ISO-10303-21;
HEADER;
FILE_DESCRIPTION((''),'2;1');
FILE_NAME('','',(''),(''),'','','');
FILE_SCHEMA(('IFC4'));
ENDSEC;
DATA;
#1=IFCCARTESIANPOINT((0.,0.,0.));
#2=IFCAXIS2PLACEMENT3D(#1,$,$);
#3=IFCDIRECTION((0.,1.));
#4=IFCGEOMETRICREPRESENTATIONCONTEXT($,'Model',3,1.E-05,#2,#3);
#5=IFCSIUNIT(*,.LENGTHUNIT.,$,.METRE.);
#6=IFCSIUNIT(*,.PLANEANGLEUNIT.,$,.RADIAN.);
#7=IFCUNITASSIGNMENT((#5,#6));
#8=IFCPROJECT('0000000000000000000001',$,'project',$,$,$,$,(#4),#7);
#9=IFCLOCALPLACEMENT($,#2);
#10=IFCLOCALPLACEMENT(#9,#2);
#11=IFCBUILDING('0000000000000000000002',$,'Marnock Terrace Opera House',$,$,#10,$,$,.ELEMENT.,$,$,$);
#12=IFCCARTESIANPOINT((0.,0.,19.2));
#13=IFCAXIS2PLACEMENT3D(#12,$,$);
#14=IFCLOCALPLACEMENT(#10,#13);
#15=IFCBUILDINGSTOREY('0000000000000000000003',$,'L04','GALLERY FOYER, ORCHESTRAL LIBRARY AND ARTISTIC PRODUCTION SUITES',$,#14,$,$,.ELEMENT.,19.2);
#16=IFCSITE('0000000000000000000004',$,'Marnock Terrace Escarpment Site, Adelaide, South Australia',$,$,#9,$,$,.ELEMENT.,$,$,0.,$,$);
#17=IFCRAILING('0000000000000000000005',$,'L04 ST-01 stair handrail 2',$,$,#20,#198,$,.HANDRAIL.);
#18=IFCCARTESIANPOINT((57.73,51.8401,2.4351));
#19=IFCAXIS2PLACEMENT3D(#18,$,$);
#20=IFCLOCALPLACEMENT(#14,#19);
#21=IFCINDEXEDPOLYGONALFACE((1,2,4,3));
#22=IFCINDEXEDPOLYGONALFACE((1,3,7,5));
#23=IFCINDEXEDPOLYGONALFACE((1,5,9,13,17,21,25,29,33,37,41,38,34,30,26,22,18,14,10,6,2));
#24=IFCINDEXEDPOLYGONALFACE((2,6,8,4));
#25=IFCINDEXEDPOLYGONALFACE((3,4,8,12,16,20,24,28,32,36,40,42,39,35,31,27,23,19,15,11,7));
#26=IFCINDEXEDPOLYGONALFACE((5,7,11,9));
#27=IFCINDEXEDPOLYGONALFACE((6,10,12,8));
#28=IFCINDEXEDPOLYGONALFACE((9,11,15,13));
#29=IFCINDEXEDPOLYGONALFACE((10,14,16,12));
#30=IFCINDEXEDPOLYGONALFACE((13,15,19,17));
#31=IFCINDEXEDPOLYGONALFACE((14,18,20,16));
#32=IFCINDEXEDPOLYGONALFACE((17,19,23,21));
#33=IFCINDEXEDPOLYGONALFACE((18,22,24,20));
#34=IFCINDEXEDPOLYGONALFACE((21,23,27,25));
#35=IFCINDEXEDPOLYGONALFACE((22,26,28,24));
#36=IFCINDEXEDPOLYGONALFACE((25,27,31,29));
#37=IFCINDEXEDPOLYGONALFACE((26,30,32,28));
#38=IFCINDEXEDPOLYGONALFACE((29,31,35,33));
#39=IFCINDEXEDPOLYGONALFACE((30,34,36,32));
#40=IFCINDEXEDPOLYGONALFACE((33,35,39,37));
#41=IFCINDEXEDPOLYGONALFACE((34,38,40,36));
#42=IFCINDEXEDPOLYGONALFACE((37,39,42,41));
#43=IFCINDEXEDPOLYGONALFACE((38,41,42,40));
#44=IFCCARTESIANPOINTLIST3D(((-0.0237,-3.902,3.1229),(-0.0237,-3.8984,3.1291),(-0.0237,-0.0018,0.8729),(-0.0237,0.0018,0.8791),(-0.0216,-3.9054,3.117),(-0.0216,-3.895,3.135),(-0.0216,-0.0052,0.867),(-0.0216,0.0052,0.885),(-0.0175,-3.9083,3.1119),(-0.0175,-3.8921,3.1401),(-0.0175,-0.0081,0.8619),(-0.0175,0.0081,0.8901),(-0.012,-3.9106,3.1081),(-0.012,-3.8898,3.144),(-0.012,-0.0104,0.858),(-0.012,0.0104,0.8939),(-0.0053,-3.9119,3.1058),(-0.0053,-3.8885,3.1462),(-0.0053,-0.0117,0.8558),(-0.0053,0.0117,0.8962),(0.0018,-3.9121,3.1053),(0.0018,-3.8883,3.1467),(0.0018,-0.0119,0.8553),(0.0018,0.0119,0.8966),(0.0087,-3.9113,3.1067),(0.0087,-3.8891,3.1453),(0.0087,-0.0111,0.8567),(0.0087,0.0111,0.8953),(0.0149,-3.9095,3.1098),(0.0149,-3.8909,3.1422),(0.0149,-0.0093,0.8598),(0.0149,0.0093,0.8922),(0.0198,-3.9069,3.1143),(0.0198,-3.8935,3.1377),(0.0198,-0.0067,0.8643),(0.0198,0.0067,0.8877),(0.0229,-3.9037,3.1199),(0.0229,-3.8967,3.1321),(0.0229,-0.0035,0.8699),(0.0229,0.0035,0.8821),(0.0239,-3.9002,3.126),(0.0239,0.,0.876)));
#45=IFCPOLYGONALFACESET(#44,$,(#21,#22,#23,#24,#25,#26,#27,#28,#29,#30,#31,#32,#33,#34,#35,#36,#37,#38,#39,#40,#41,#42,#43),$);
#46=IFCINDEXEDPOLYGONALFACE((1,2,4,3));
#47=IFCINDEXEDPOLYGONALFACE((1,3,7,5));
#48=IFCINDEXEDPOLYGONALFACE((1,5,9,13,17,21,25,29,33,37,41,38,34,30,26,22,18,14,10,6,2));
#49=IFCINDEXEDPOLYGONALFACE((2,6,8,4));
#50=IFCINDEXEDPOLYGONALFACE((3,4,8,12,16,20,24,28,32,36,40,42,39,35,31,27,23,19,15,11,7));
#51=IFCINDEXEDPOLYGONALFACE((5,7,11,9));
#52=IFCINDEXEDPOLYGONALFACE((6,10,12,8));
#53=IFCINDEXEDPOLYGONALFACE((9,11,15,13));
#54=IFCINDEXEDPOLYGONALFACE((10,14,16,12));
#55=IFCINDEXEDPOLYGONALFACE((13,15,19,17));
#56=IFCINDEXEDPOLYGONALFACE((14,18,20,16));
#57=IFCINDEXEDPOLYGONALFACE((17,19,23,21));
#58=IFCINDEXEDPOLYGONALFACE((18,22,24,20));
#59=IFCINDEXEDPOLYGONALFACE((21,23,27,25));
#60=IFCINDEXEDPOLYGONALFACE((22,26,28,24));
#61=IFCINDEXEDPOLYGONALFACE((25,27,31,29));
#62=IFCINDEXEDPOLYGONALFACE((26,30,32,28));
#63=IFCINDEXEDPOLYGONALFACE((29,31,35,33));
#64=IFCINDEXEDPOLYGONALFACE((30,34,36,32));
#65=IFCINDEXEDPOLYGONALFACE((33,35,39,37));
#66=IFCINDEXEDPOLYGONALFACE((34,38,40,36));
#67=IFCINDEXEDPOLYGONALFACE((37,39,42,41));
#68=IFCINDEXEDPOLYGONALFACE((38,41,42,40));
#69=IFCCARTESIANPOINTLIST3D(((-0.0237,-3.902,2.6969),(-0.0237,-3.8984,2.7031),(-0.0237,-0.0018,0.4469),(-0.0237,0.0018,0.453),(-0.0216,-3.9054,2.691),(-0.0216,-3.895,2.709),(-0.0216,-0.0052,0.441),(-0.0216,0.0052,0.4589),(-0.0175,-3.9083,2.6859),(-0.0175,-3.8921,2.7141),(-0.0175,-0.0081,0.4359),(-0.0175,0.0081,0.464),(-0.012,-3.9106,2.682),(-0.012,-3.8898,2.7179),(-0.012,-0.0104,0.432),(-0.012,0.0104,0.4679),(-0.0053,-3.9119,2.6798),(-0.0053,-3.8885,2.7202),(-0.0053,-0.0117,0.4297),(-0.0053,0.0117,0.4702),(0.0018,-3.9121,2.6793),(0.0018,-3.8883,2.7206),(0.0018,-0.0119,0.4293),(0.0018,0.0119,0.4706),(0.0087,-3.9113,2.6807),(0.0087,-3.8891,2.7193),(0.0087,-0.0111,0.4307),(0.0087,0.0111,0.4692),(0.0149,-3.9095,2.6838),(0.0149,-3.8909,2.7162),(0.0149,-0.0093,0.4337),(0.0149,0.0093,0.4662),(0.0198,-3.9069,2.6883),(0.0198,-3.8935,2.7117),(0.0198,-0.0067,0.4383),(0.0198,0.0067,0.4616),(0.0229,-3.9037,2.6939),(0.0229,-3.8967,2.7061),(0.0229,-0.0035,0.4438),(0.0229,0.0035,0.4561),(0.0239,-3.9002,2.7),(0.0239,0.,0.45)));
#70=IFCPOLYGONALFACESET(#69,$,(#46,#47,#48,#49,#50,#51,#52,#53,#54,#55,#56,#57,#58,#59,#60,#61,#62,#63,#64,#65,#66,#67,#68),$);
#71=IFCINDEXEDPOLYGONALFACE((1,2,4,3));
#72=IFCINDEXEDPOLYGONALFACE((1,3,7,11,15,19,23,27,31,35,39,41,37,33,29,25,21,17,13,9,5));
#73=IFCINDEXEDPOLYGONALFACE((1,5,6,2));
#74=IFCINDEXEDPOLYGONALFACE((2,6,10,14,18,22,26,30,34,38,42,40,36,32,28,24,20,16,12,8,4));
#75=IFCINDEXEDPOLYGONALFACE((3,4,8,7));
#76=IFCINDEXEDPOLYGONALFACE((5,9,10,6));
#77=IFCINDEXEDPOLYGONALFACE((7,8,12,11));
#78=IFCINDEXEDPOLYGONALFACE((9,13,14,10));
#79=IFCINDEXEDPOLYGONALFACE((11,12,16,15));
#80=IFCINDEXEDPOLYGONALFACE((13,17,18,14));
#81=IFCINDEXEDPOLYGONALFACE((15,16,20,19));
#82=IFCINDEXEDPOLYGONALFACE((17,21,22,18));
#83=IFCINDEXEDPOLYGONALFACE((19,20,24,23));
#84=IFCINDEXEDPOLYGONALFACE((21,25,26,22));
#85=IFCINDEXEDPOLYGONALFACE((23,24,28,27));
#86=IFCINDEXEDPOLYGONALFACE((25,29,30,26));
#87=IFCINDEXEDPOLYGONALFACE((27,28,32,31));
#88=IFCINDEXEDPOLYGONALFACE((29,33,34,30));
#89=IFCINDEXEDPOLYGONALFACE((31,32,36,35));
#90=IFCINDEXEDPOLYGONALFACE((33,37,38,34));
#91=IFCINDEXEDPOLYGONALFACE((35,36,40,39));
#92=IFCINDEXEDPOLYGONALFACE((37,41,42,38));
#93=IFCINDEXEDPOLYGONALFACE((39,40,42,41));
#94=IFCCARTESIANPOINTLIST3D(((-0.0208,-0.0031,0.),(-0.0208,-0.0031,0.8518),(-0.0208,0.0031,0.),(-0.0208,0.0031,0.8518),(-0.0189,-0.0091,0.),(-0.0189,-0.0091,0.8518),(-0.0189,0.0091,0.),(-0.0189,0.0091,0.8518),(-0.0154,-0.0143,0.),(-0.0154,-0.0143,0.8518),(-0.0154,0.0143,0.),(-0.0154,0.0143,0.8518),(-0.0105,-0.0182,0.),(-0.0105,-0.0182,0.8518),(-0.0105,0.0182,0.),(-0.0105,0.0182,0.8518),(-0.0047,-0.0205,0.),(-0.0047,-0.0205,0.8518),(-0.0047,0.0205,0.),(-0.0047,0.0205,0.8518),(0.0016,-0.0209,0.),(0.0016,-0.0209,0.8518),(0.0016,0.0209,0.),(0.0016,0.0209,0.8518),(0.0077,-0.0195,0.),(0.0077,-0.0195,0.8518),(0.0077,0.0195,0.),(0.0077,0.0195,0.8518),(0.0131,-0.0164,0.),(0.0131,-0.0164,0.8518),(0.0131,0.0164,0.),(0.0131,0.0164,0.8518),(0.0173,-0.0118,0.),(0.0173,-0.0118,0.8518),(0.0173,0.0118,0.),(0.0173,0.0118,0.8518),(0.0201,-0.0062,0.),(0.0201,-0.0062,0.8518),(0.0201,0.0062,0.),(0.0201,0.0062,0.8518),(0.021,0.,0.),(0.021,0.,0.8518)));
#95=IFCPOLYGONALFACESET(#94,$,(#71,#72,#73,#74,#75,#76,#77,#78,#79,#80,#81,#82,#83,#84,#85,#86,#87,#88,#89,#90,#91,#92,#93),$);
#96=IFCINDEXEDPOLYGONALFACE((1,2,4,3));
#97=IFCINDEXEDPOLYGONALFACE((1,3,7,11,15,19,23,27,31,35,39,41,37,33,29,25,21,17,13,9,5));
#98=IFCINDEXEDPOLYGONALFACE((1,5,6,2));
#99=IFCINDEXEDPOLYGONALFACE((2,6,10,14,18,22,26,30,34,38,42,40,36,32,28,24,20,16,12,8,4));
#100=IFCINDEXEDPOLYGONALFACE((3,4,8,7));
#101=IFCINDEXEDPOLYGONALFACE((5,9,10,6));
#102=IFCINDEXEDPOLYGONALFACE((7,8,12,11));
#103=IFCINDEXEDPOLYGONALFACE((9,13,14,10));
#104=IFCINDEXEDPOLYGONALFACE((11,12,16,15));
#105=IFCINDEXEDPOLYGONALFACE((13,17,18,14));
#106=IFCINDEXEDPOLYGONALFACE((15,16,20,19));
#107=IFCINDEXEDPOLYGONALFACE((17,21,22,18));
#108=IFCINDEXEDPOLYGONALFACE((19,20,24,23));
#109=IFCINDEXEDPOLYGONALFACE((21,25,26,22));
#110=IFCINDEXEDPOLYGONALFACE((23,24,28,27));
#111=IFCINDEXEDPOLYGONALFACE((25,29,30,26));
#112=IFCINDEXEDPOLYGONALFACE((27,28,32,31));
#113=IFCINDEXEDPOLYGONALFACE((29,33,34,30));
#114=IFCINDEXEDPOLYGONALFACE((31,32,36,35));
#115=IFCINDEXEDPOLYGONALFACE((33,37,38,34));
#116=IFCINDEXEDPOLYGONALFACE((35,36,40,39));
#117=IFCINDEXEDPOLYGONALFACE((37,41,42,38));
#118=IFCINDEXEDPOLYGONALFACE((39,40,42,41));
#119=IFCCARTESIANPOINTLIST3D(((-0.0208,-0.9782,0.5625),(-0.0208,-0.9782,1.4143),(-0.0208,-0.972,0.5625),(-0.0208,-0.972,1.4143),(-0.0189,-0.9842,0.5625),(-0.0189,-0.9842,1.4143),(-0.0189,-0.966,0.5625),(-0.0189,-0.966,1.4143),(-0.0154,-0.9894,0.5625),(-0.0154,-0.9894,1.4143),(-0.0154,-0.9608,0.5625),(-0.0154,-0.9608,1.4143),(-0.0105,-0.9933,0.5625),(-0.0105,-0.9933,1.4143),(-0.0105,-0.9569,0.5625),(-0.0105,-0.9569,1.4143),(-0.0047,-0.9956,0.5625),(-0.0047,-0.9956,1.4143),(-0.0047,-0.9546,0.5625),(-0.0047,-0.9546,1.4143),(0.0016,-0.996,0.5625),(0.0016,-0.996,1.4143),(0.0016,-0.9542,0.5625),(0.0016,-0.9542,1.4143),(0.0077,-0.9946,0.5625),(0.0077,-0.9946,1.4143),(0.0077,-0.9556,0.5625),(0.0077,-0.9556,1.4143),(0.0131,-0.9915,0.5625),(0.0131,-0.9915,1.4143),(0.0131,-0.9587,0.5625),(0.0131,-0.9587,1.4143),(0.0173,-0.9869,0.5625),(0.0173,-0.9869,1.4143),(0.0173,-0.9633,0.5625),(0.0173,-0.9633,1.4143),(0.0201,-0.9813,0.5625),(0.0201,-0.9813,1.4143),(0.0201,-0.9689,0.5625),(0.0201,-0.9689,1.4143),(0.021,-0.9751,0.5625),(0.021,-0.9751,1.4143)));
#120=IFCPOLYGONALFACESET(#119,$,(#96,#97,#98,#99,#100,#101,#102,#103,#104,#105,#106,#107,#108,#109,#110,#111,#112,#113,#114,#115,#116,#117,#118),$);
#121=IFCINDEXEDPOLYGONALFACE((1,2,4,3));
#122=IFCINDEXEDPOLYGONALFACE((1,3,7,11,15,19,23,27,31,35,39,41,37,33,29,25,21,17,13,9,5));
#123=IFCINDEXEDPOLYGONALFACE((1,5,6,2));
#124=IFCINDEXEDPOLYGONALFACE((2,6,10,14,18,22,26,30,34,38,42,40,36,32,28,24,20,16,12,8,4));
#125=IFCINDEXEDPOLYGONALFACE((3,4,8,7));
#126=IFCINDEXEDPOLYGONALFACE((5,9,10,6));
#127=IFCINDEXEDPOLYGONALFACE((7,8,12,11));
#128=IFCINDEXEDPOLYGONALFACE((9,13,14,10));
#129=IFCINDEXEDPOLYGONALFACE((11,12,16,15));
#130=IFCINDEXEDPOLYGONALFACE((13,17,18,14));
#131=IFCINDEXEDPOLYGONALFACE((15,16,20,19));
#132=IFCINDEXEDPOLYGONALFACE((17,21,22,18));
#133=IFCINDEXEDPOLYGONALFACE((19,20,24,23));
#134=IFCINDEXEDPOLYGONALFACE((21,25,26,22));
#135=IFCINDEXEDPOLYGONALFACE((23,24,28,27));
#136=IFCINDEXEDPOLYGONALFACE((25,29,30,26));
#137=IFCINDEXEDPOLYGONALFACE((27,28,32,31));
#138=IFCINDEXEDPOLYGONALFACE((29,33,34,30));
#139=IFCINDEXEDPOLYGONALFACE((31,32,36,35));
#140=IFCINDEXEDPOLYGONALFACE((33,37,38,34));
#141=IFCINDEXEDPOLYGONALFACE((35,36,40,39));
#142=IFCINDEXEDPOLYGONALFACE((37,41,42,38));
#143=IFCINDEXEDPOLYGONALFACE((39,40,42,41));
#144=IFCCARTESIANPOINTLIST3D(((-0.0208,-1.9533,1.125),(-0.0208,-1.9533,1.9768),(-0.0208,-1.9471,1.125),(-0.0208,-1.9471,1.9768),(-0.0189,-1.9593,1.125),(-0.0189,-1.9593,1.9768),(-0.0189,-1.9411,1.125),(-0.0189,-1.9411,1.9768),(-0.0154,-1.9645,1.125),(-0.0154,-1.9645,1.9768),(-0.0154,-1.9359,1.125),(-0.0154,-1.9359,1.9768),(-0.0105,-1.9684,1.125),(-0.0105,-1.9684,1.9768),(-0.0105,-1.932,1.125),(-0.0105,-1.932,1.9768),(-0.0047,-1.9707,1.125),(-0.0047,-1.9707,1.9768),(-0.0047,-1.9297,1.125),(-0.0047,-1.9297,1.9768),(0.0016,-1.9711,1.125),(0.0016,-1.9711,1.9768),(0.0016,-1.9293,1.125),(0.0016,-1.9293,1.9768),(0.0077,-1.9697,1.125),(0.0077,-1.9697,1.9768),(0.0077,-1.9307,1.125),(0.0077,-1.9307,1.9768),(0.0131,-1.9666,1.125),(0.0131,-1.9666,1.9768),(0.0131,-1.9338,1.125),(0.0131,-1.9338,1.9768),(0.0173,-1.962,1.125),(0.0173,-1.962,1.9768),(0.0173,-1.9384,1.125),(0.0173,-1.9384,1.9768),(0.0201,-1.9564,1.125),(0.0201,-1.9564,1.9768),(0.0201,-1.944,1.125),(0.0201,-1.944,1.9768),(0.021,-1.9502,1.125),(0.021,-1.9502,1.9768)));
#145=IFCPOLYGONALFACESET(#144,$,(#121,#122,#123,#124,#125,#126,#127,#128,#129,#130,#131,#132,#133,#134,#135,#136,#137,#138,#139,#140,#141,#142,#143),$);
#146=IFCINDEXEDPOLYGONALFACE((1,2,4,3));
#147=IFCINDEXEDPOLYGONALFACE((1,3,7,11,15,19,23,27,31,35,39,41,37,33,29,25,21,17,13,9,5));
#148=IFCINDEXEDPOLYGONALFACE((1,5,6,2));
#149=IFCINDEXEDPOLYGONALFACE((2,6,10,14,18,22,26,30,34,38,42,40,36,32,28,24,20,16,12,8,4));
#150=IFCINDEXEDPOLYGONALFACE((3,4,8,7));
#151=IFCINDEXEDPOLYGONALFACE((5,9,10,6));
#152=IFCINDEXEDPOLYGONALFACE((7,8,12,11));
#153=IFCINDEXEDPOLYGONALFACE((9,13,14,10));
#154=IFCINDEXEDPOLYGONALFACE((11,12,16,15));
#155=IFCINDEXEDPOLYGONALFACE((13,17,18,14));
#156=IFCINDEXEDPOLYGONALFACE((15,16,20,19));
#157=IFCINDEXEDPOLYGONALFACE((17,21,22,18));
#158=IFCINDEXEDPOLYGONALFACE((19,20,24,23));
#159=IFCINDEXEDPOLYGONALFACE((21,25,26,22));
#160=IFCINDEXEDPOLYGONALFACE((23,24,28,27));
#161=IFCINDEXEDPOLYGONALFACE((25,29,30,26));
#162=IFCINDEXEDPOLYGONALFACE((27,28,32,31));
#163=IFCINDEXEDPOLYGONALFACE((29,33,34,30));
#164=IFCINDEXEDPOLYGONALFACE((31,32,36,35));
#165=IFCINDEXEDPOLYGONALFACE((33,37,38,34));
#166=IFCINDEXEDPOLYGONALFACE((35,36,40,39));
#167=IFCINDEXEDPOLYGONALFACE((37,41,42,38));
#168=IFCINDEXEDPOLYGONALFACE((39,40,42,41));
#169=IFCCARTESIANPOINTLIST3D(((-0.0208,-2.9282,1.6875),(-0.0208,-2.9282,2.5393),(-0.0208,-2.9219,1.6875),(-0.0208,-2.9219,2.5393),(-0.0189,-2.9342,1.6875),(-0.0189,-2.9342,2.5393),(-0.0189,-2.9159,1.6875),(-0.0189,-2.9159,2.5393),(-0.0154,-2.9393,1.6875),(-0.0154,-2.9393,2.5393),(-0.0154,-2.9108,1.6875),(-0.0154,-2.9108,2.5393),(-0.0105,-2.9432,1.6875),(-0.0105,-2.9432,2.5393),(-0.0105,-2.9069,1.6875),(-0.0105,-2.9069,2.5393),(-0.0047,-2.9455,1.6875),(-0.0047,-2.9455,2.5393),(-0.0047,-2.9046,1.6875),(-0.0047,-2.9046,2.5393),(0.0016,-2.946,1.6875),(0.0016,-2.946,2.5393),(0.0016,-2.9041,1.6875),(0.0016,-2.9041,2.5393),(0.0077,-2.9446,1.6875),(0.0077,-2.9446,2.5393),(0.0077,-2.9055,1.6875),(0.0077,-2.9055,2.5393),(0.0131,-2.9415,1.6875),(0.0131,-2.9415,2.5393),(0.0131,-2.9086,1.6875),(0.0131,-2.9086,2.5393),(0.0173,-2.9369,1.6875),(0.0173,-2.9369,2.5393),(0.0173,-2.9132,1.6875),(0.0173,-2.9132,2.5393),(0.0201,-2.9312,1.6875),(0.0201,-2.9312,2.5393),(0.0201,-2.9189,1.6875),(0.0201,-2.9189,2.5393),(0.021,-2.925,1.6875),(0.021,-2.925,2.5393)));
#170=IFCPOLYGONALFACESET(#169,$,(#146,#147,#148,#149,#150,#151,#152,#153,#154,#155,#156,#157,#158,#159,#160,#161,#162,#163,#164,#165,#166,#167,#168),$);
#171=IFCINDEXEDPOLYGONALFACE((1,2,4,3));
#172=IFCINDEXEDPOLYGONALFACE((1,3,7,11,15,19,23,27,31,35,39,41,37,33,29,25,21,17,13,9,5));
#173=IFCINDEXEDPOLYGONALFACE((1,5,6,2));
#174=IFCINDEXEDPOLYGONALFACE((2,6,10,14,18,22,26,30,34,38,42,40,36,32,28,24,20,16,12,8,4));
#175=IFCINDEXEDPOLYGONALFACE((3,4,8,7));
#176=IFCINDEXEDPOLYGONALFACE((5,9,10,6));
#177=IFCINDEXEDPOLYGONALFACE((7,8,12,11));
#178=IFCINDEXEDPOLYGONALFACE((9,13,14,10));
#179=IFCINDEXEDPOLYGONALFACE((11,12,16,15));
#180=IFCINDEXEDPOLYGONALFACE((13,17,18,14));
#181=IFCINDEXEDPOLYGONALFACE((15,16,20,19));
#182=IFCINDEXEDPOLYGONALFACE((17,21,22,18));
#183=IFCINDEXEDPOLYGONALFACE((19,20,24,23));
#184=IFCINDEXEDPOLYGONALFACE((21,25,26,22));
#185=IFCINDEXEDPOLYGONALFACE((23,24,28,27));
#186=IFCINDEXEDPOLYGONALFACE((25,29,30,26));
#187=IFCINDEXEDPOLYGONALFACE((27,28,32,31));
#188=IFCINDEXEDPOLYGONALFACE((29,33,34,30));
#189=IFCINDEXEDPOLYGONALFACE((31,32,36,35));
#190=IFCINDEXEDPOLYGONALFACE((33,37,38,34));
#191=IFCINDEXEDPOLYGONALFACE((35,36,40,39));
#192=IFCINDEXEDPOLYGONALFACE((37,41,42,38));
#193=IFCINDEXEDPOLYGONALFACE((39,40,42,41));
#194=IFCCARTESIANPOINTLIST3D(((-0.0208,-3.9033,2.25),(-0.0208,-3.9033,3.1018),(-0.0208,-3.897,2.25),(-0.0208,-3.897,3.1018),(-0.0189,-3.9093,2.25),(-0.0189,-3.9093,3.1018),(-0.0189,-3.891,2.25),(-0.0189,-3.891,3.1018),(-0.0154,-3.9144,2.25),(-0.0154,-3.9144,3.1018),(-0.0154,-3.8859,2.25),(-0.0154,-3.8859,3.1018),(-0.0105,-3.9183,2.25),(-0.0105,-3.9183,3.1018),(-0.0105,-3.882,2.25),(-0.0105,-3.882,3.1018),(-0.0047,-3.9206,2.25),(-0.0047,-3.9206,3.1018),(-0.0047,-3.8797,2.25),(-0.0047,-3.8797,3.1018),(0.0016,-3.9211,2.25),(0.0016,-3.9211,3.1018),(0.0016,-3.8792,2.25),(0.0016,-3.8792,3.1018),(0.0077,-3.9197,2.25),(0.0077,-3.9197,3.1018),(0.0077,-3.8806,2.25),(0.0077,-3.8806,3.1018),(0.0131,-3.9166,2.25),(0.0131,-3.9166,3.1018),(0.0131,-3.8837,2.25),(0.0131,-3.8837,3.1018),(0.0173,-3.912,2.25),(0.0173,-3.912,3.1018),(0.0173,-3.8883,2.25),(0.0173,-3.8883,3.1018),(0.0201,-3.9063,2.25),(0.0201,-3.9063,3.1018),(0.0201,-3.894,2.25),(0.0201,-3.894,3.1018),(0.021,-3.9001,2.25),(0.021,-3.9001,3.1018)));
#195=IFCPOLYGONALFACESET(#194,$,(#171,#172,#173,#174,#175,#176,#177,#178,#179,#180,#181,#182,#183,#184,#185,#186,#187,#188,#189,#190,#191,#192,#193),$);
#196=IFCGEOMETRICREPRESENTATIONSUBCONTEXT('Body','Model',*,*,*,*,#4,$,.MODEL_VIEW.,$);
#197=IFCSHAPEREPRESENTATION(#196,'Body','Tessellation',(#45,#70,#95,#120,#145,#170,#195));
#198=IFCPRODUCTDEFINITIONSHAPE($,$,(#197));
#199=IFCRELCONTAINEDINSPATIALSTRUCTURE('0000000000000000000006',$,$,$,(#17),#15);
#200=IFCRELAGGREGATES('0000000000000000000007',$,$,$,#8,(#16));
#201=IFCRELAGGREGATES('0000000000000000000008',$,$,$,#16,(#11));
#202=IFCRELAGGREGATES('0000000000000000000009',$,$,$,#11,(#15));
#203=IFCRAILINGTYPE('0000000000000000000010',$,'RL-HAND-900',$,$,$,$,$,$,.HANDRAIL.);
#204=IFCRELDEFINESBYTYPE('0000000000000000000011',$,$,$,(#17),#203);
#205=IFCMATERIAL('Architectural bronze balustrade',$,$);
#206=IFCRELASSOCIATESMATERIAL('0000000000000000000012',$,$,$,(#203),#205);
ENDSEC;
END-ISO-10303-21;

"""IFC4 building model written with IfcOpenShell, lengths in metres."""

from ifc_helpers import new_model, si_unit, direction, frame, origin, origin_2d, place, context, subcontext, project, spatial, circle, extrude, material, type_object, element, save


model = new_model("IFC4")

# Units and contexts
model_context = context("Model", 3, precision=1e-05, world=origin(), true_north=direction((0.0, 1.0)))
body_context = subcontext(model_context, "Body", "Model", "MODEL_VIEW")
ifc_project = project(units=[si_unit("LENGTHUNIT", "METRE"), si_unit("PLANEANGLEUNIT", "RADIAN")], contexts=[model_context])

# Site, building, storey
site_placement = place(None, origin())
site = spatial("IfcSite", under=ifc_project, at=site_placement, Name="Marnock Terrace Escarpment Site, Adelaide, South Australia", CompositionType="ELEMENT", RefElevation=0.0)
building_placement = place(site_placement, origin())
building = spatial("IfcBuilding", under=site, at=building_placement, Name="Marnock Terrace Opera House", CompositionType="ELEMENT")
storey_placement = place(building_placement, frame((0.0, 0.0, 19.2)))
storey = spatial("IfcBuildingStorey", under=building, at=storey_placement, Name="L04", Description="GALLERY FOYER, ORCHESTRAL LIBRARY AND ARTISTIC PRODUCTION SUITES", CompositionType="ELEMENT", Elevation=19.2)

# Railing
ifc_material_1 = material(Name="Architectural bronze balustrade")
railing_type_1 = type_object("IfcRailingType", Name="RL-HAND-900", PredefinedType="HANDRAIL", material=ifc_material_1)
railing_1_placement = place(storey_placement, frame((57.73, 51.8401, 2.4351)))
element("IfcRailing", 1, at=railing_1_placement, inside=storey, type_object=railing_type_1, Name="L04 ST-01 stair handrail 2", PredefinedType="HANDRAIL", context=body_context, shape_type="SweptSolid", body=[
    extrude(circle(Radius=0.0239, at=origin_2d()), frame((0.0, 0.0, 0.876), z_axis=(0.0, -0.866194, 0.499708), x_axis=(1.0, 0.0, 0.0)), (0.0, 0.0, 1.0), 4.5027),
    extrude(circle(Radius=0.0239, at=origin_2d()), frame((0.0, 0.0, 0.45), z_axis=(0.0, -0.866194, 0.499708), x_axis=(1.0, 0.0, 0.0)), (0.0, 0.0, 1.0), 4.5027),
    extrude(circle(Radius=0.021, at=origin_2d()), origin(), (0.0, 0.0, 1.0), 0.8518),
    extrude(circle(Radius=0.021, at=origin_2d()), frame((0.0, -0.9751, 0.5625)), (0.0, 0.0, 1.0), 0.8518),
    extrude(circle(Radius=0.021, at=origin_2d()), frame((0.0, -1.9502, 1.125)), (0.0, 0.0, 1.0), 0.8518),
    extrude(circle(Radius=0.021, at=origin_2d()), frame((0.0, -2.925, 1.6875)), (0.0, 0.0, 1.0), 0.8518),
    extrude(circle(Radius=0.021, at=origin_2d()), frame((0.0, -3.9001, 2.25)), (0.0, 0.0, 1.0), 0.8518),
])

save(model, "model.ifc")
